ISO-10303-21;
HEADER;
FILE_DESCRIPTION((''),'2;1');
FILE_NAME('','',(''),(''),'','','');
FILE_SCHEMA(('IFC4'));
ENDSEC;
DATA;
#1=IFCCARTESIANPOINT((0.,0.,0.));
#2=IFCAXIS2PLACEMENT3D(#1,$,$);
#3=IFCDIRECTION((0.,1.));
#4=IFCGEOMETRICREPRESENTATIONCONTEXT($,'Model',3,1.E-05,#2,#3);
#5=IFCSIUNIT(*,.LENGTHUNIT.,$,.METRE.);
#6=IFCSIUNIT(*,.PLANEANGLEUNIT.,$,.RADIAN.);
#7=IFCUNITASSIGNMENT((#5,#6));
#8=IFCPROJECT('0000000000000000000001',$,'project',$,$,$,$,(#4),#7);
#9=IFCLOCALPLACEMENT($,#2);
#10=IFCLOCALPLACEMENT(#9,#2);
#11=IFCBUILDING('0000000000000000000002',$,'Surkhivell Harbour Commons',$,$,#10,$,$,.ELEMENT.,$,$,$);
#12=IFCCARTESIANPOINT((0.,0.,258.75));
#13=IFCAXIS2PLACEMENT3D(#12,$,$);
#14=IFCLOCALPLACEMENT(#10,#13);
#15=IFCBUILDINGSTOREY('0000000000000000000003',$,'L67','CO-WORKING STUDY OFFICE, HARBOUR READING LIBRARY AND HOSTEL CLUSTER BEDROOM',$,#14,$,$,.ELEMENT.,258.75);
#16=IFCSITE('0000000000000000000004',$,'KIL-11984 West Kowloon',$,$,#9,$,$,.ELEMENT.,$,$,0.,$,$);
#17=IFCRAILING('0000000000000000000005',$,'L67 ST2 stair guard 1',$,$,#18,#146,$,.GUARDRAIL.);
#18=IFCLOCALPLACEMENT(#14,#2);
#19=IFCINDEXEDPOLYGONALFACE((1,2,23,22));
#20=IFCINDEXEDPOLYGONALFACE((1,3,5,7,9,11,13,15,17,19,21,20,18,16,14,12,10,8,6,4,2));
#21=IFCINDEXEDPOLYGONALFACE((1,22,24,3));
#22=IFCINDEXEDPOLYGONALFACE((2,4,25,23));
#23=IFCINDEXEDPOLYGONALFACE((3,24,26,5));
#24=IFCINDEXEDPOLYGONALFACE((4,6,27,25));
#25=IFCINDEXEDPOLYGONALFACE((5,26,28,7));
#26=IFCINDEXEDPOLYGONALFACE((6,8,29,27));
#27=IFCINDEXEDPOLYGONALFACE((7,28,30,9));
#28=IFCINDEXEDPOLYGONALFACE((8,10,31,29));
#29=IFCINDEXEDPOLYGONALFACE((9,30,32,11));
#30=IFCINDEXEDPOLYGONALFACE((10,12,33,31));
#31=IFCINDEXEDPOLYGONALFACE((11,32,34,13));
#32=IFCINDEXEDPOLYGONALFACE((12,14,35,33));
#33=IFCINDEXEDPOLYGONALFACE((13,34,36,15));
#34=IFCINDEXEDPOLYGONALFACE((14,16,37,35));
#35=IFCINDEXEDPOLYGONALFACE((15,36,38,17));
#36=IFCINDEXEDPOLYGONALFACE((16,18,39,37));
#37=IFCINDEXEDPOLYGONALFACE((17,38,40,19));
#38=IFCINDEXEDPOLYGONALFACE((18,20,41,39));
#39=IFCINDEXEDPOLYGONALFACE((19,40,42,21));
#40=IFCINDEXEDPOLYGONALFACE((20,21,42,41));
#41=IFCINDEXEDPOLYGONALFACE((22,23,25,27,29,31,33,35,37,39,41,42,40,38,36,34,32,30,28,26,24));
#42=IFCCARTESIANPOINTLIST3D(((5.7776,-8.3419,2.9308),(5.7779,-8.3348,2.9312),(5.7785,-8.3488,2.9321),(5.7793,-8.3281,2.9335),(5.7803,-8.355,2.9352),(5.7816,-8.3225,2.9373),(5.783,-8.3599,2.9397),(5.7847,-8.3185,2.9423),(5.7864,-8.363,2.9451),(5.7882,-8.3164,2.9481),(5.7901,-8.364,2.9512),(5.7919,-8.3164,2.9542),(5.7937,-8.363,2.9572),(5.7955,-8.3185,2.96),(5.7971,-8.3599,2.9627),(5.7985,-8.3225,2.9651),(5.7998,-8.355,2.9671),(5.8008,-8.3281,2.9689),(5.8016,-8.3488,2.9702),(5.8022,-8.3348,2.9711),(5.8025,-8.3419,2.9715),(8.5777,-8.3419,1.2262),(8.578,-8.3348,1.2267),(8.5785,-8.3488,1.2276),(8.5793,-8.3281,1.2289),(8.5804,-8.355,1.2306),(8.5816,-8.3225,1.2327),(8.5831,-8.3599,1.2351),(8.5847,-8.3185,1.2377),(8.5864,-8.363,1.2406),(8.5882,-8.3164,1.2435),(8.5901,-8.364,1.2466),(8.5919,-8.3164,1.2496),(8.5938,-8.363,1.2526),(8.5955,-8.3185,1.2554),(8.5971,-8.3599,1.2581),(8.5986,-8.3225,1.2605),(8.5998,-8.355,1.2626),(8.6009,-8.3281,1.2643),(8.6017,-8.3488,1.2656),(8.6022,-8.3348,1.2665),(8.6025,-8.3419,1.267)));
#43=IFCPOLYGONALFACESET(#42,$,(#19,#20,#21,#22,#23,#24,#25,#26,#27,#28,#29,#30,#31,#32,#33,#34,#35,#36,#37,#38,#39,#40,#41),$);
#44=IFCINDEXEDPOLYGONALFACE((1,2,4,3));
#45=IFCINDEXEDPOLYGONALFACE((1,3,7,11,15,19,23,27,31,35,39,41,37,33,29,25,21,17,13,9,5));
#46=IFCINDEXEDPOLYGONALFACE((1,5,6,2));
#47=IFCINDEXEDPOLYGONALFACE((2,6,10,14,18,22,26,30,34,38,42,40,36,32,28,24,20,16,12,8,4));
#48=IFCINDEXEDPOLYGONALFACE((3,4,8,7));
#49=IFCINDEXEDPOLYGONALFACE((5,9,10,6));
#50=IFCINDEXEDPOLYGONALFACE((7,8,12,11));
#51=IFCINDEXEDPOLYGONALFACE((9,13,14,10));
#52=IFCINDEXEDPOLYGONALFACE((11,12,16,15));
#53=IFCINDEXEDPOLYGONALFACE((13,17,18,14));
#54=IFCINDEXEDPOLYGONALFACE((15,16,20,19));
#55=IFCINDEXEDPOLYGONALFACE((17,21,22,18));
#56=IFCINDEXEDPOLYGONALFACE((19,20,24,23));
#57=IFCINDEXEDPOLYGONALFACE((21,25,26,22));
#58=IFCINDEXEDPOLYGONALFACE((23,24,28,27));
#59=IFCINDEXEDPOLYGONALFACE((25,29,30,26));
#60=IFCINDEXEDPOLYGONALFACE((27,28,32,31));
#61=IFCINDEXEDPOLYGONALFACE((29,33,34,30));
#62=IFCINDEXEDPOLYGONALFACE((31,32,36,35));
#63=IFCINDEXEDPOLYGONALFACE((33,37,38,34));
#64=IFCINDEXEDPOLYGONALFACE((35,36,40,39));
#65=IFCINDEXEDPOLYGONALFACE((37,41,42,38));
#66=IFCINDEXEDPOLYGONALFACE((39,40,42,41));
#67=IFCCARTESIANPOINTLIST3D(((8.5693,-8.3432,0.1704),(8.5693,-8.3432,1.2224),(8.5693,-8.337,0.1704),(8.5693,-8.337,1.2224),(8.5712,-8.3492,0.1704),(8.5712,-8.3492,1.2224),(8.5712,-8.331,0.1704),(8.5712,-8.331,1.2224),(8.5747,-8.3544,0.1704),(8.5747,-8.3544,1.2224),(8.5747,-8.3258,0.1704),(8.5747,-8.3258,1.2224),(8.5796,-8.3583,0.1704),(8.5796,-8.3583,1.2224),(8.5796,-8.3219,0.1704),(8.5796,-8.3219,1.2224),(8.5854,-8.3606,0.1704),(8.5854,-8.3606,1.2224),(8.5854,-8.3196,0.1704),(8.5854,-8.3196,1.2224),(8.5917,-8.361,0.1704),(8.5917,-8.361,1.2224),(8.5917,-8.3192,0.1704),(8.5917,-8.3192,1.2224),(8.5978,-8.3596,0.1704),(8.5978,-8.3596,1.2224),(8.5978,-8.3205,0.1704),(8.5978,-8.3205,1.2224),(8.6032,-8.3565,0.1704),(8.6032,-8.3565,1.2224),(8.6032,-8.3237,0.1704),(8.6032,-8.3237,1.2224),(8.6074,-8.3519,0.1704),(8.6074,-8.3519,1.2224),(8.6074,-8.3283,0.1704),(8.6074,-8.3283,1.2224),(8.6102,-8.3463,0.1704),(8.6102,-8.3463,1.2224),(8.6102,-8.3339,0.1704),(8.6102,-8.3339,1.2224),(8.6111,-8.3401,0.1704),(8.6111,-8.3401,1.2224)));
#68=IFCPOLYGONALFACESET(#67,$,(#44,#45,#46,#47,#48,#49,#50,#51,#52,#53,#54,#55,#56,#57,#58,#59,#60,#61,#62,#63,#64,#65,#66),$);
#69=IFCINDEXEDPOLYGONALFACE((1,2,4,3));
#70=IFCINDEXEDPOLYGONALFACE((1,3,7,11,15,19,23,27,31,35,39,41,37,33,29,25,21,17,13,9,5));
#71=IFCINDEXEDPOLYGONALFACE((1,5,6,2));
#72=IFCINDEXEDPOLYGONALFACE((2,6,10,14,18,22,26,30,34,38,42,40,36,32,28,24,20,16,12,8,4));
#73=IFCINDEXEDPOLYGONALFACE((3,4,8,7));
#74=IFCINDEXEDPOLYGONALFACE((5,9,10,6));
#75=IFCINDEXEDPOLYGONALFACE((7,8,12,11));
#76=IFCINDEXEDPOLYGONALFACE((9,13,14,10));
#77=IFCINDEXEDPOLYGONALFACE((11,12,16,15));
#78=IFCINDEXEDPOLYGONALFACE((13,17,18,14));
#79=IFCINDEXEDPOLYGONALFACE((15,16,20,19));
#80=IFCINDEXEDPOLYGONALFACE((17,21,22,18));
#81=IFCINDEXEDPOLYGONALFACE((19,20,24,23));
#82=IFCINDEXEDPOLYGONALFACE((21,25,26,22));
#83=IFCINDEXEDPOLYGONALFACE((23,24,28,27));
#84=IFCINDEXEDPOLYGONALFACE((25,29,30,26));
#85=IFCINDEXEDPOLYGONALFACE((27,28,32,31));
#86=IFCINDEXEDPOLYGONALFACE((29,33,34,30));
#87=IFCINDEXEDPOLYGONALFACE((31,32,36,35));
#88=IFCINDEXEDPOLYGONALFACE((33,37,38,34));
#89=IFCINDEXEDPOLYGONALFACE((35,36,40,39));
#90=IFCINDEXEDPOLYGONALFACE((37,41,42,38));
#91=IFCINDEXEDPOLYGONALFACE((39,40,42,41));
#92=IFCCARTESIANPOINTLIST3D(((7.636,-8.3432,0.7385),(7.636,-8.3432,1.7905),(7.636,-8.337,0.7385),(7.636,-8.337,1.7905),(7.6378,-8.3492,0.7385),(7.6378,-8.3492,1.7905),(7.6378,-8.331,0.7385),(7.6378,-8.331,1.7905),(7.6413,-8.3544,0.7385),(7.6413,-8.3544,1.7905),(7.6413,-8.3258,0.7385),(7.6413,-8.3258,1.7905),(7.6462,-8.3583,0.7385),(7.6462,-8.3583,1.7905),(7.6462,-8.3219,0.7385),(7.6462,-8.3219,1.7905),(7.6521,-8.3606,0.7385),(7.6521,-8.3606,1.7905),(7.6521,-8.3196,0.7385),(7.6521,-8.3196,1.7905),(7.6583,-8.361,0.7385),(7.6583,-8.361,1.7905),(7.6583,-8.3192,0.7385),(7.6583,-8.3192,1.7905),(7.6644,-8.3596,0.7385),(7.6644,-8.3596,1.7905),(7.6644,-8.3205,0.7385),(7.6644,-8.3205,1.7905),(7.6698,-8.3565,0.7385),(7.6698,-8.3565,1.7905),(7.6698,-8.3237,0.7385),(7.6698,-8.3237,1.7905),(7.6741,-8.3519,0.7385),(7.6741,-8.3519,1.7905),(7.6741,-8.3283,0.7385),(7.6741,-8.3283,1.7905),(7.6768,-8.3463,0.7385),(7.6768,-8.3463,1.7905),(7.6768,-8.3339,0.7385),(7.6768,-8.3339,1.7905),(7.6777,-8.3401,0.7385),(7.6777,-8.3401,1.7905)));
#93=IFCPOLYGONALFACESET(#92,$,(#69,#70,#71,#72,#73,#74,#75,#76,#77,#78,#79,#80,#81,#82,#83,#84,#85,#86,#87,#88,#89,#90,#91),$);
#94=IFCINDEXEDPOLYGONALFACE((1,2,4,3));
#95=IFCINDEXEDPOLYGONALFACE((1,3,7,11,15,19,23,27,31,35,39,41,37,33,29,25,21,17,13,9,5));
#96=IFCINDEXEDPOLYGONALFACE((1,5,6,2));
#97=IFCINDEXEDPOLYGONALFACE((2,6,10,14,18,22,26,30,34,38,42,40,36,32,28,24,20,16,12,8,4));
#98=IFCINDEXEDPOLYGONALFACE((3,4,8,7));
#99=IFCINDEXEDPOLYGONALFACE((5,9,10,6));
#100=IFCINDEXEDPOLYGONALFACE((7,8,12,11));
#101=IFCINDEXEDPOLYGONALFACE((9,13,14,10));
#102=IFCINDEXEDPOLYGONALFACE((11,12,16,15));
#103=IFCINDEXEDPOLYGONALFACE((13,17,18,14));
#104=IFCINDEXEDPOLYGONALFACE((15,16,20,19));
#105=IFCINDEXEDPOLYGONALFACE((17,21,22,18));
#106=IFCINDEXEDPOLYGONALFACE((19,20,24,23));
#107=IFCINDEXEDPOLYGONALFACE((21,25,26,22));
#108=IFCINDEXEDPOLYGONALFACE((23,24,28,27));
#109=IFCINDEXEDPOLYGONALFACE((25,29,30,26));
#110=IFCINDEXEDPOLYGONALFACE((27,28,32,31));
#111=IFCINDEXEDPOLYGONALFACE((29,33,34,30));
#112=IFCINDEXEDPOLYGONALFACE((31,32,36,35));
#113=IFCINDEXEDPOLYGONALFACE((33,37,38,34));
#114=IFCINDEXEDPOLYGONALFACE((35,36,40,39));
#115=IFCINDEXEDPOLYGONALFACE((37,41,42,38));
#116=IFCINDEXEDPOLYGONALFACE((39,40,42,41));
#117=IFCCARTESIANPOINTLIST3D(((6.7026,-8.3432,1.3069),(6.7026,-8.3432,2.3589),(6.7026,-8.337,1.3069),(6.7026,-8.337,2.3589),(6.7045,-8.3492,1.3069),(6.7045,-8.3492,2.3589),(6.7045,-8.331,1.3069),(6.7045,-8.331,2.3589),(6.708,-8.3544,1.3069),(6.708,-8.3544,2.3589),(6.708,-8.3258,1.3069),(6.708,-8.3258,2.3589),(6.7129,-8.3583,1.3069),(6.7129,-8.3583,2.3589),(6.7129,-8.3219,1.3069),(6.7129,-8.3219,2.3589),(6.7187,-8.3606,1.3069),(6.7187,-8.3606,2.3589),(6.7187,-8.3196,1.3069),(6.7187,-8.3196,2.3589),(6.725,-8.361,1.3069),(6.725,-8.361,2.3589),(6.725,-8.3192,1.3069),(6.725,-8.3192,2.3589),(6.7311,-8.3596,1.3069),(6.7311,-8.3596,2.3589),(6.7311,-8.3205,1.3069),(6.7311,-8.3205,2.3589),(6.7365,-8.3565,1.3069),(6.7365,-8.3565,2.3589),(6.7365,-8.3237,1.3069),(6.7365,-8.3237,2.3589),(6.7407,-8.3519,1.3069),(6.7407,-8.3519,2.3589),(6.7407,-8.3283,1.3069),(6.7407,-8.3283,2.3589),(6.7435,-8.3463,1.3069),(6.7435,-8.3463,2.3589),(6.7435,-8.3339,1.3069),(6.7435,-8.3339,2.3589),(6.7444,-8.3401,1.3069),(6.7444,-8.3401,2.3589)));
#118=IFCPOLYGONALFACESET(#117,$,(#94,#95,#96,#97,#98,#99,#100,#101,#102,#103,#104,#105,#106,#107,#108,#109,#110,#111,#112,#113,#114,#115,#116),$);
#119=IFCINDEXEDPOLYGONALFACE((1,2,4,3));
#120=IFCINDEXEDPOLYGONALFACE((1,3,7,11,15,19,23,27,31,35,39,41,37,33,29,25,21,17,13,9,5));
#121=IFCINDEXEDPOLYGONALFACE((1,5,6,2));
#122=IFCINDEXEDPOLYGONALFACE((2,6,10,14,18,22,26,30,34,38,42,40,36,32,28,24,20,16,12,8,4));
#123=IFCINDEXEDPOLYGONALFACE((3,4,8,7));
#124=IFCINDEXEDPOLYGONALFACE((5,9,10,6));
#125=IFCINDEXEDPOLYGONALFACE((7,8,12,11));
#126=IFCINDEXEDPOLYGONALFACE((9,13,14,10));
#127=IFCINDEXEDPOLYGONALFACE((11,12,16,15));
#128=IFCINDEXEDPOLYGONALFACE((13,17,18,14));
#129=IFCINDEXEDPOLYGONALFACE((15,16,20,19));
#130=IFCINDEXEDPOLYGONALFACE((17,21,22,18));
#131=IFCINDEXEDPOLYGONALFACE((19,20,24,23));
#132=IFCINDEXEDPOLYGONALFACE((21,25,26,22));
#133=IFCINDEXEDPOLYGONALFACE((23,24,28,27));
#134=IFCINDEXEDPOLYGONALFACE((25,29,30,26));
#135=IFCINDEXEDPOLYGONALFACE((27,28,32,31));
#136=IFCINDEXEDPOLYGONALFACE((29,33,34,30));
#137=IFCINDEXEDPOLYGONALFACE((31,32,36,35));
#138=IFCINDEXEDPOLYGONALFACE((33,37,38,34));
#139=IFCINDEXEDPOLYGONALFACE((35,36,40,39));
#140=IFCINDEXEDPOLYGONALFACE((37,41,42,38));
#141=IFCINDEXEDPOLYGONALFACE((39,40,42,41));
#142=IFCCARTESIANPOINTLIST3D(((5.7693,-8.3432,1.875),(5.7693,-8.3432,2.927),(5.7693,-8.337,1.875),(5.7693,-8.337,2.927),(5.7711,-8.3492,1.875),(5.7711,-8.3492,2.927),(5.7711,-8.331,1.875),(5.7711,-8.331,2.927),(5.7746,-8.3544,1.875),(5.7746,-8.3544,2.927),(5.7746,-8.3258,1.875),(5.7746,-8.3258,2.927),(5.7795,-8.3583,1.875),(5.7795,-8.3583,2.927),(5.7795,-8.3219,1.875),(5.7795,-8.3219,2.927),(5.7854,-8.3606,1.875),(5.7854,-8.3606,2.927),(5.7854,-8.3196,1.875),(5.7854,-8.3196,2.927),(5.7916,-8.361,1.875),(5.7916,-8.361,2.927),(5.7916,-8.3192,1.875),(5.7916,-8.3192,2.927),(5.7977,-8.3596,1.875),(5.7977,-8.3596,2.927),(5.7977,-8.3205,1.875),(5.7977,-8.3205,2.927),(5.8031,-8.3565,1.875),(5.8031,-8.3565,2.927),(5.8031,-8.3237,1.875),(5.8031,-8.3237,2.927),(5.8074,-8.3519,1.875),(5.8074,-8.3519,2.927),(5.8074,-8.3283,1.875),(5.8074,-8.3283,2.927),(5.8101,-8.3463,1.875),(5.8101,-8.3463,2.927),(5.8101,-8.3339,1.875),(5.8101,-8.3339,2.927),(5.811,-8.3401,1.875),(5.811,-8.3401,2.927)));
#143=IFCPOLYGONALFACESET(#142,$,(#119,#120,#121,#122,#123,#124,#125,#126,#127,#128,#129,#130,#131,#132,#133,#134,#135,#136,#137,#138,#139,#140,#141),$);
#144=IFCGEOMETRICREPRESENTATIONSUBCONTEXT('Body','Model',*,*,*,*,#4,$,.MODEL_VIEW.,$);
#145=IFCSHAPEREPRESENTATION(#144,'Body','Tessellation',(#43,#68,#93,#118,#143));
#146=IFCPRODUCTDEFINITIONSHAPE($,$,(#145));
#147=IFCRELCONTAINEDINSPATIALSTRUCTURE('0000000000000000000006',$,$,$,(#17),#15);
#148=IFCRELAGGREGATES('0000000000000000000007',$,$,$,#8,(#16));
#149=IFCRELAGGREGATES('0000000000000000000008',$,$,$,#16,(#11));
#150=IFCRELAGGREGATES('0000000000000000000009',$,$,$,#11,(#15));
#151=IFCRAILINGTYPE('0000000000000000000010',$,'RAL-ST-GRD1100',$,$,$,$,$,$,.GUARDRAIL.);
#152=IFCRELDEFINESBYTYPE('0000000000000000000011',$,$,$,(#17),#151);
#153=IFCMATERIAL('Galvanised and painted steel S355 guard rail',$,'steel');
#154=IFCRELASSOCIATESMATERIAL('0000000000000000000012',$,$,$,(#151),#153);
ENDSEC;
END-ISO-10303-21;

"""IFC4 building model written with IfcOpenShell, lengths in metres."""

from ifc_helpers import new_model, si_unit, direction, frame, origin, origin_2d, place, context, subcontext, project, spatial, circle, extrude, material, type_object, element, save


model = new_model("IFC4")

# Units and contexts
model_context = context("Model", 3, precision=1e-05, world=origin(), true_north=direction((0.0, 1.0)))
body_context = subcontext(model_context, "Body", "Model", "MODEL_VIEW")
ifc_project = project(units=[si_unit("LENGTHUNIT", "METRE"), si_unit("PLANEANGLEUNIT", "RADIAN")], contexts=[model_context])

# Site, building, storey
site_placement = place(None, origin())
site = spatial("IfcSite", under=ifc_project, at=site_placement, Name="KIL-11984 West Kowloon", CompositionType="ELEMENT", RefElevation=0.0)
building_placement = place(site_placement, origin())
building = spatial("IfcBuilding", under=site, at=building_placement, Name="Surkhivell Harbour Commons", CompositionType="ELEMENT")
storey_placement = place(building_placement, frame((0.0, 0.0, 258.75)))
storey = spatial("IfcBuildingStorey", under=building, at=storey_placement, Name="L67", Description="CO-WORKING STUDY OFFICE, HARBOUR READING LIBRARY AND HOSTEL CLUSTER BEDROOM", CompositionType="ELEMENT", Elevation=258.75)

# Railing
ifc_material_1 = material(Name="Galvanised and painted steel S355 guard rail", Category="steel")
railing_type_1 = type_object("IfcRailingType", Name="RAL-ST-GRD1100", PredefinedType="GUARDRAIL", material=ifc_material_1)
railing_1_placement = place(storey_placement, frame((8.5901, -8.3401, 0.1704)))
element("IfcRailing", 1, at=railing_1_placement, inside=storey, type_object=railing_type_1, Name="L67 ST2 stair guard 1", PredefinedType="GUARDRAIL", context=body_context, shape_type="SweptSolid", body=[
    extrude(circle(Radius=0.0239, at=origin_2d()), frame((0.0, 0.0, 1.0762), z_axis=(-0.85417, 0.0, 0.519994), x_axis=(0.0, -1.0, 0.0)), (0.0, 0.0, 1.0), 3.2781),
    extrude(circle(Radius=0.021, at=origin_2d()), origin(), (0.0, 0.0, 1.0), 1.052),
    extrude(circle(Radius=0.021, at=origin_2d()), frame((-0.9333, 0.0, 0.5681)), (0.0, 0.0, 1.0), 1.052),
    extrude(circle(Radius=0.021, at=origin_2d()), frame((-1.8667, 0.0, 1.1365)), (0.0, 0.0, 1.0), 1.052),
    extrude(circle(Radius=0.021, at=origin_2d()), frame((-2.8, 0.0, 1.7046)), (0.0, 0.0, 1.0), 1.052),
])

save(model, "model.ifc")
